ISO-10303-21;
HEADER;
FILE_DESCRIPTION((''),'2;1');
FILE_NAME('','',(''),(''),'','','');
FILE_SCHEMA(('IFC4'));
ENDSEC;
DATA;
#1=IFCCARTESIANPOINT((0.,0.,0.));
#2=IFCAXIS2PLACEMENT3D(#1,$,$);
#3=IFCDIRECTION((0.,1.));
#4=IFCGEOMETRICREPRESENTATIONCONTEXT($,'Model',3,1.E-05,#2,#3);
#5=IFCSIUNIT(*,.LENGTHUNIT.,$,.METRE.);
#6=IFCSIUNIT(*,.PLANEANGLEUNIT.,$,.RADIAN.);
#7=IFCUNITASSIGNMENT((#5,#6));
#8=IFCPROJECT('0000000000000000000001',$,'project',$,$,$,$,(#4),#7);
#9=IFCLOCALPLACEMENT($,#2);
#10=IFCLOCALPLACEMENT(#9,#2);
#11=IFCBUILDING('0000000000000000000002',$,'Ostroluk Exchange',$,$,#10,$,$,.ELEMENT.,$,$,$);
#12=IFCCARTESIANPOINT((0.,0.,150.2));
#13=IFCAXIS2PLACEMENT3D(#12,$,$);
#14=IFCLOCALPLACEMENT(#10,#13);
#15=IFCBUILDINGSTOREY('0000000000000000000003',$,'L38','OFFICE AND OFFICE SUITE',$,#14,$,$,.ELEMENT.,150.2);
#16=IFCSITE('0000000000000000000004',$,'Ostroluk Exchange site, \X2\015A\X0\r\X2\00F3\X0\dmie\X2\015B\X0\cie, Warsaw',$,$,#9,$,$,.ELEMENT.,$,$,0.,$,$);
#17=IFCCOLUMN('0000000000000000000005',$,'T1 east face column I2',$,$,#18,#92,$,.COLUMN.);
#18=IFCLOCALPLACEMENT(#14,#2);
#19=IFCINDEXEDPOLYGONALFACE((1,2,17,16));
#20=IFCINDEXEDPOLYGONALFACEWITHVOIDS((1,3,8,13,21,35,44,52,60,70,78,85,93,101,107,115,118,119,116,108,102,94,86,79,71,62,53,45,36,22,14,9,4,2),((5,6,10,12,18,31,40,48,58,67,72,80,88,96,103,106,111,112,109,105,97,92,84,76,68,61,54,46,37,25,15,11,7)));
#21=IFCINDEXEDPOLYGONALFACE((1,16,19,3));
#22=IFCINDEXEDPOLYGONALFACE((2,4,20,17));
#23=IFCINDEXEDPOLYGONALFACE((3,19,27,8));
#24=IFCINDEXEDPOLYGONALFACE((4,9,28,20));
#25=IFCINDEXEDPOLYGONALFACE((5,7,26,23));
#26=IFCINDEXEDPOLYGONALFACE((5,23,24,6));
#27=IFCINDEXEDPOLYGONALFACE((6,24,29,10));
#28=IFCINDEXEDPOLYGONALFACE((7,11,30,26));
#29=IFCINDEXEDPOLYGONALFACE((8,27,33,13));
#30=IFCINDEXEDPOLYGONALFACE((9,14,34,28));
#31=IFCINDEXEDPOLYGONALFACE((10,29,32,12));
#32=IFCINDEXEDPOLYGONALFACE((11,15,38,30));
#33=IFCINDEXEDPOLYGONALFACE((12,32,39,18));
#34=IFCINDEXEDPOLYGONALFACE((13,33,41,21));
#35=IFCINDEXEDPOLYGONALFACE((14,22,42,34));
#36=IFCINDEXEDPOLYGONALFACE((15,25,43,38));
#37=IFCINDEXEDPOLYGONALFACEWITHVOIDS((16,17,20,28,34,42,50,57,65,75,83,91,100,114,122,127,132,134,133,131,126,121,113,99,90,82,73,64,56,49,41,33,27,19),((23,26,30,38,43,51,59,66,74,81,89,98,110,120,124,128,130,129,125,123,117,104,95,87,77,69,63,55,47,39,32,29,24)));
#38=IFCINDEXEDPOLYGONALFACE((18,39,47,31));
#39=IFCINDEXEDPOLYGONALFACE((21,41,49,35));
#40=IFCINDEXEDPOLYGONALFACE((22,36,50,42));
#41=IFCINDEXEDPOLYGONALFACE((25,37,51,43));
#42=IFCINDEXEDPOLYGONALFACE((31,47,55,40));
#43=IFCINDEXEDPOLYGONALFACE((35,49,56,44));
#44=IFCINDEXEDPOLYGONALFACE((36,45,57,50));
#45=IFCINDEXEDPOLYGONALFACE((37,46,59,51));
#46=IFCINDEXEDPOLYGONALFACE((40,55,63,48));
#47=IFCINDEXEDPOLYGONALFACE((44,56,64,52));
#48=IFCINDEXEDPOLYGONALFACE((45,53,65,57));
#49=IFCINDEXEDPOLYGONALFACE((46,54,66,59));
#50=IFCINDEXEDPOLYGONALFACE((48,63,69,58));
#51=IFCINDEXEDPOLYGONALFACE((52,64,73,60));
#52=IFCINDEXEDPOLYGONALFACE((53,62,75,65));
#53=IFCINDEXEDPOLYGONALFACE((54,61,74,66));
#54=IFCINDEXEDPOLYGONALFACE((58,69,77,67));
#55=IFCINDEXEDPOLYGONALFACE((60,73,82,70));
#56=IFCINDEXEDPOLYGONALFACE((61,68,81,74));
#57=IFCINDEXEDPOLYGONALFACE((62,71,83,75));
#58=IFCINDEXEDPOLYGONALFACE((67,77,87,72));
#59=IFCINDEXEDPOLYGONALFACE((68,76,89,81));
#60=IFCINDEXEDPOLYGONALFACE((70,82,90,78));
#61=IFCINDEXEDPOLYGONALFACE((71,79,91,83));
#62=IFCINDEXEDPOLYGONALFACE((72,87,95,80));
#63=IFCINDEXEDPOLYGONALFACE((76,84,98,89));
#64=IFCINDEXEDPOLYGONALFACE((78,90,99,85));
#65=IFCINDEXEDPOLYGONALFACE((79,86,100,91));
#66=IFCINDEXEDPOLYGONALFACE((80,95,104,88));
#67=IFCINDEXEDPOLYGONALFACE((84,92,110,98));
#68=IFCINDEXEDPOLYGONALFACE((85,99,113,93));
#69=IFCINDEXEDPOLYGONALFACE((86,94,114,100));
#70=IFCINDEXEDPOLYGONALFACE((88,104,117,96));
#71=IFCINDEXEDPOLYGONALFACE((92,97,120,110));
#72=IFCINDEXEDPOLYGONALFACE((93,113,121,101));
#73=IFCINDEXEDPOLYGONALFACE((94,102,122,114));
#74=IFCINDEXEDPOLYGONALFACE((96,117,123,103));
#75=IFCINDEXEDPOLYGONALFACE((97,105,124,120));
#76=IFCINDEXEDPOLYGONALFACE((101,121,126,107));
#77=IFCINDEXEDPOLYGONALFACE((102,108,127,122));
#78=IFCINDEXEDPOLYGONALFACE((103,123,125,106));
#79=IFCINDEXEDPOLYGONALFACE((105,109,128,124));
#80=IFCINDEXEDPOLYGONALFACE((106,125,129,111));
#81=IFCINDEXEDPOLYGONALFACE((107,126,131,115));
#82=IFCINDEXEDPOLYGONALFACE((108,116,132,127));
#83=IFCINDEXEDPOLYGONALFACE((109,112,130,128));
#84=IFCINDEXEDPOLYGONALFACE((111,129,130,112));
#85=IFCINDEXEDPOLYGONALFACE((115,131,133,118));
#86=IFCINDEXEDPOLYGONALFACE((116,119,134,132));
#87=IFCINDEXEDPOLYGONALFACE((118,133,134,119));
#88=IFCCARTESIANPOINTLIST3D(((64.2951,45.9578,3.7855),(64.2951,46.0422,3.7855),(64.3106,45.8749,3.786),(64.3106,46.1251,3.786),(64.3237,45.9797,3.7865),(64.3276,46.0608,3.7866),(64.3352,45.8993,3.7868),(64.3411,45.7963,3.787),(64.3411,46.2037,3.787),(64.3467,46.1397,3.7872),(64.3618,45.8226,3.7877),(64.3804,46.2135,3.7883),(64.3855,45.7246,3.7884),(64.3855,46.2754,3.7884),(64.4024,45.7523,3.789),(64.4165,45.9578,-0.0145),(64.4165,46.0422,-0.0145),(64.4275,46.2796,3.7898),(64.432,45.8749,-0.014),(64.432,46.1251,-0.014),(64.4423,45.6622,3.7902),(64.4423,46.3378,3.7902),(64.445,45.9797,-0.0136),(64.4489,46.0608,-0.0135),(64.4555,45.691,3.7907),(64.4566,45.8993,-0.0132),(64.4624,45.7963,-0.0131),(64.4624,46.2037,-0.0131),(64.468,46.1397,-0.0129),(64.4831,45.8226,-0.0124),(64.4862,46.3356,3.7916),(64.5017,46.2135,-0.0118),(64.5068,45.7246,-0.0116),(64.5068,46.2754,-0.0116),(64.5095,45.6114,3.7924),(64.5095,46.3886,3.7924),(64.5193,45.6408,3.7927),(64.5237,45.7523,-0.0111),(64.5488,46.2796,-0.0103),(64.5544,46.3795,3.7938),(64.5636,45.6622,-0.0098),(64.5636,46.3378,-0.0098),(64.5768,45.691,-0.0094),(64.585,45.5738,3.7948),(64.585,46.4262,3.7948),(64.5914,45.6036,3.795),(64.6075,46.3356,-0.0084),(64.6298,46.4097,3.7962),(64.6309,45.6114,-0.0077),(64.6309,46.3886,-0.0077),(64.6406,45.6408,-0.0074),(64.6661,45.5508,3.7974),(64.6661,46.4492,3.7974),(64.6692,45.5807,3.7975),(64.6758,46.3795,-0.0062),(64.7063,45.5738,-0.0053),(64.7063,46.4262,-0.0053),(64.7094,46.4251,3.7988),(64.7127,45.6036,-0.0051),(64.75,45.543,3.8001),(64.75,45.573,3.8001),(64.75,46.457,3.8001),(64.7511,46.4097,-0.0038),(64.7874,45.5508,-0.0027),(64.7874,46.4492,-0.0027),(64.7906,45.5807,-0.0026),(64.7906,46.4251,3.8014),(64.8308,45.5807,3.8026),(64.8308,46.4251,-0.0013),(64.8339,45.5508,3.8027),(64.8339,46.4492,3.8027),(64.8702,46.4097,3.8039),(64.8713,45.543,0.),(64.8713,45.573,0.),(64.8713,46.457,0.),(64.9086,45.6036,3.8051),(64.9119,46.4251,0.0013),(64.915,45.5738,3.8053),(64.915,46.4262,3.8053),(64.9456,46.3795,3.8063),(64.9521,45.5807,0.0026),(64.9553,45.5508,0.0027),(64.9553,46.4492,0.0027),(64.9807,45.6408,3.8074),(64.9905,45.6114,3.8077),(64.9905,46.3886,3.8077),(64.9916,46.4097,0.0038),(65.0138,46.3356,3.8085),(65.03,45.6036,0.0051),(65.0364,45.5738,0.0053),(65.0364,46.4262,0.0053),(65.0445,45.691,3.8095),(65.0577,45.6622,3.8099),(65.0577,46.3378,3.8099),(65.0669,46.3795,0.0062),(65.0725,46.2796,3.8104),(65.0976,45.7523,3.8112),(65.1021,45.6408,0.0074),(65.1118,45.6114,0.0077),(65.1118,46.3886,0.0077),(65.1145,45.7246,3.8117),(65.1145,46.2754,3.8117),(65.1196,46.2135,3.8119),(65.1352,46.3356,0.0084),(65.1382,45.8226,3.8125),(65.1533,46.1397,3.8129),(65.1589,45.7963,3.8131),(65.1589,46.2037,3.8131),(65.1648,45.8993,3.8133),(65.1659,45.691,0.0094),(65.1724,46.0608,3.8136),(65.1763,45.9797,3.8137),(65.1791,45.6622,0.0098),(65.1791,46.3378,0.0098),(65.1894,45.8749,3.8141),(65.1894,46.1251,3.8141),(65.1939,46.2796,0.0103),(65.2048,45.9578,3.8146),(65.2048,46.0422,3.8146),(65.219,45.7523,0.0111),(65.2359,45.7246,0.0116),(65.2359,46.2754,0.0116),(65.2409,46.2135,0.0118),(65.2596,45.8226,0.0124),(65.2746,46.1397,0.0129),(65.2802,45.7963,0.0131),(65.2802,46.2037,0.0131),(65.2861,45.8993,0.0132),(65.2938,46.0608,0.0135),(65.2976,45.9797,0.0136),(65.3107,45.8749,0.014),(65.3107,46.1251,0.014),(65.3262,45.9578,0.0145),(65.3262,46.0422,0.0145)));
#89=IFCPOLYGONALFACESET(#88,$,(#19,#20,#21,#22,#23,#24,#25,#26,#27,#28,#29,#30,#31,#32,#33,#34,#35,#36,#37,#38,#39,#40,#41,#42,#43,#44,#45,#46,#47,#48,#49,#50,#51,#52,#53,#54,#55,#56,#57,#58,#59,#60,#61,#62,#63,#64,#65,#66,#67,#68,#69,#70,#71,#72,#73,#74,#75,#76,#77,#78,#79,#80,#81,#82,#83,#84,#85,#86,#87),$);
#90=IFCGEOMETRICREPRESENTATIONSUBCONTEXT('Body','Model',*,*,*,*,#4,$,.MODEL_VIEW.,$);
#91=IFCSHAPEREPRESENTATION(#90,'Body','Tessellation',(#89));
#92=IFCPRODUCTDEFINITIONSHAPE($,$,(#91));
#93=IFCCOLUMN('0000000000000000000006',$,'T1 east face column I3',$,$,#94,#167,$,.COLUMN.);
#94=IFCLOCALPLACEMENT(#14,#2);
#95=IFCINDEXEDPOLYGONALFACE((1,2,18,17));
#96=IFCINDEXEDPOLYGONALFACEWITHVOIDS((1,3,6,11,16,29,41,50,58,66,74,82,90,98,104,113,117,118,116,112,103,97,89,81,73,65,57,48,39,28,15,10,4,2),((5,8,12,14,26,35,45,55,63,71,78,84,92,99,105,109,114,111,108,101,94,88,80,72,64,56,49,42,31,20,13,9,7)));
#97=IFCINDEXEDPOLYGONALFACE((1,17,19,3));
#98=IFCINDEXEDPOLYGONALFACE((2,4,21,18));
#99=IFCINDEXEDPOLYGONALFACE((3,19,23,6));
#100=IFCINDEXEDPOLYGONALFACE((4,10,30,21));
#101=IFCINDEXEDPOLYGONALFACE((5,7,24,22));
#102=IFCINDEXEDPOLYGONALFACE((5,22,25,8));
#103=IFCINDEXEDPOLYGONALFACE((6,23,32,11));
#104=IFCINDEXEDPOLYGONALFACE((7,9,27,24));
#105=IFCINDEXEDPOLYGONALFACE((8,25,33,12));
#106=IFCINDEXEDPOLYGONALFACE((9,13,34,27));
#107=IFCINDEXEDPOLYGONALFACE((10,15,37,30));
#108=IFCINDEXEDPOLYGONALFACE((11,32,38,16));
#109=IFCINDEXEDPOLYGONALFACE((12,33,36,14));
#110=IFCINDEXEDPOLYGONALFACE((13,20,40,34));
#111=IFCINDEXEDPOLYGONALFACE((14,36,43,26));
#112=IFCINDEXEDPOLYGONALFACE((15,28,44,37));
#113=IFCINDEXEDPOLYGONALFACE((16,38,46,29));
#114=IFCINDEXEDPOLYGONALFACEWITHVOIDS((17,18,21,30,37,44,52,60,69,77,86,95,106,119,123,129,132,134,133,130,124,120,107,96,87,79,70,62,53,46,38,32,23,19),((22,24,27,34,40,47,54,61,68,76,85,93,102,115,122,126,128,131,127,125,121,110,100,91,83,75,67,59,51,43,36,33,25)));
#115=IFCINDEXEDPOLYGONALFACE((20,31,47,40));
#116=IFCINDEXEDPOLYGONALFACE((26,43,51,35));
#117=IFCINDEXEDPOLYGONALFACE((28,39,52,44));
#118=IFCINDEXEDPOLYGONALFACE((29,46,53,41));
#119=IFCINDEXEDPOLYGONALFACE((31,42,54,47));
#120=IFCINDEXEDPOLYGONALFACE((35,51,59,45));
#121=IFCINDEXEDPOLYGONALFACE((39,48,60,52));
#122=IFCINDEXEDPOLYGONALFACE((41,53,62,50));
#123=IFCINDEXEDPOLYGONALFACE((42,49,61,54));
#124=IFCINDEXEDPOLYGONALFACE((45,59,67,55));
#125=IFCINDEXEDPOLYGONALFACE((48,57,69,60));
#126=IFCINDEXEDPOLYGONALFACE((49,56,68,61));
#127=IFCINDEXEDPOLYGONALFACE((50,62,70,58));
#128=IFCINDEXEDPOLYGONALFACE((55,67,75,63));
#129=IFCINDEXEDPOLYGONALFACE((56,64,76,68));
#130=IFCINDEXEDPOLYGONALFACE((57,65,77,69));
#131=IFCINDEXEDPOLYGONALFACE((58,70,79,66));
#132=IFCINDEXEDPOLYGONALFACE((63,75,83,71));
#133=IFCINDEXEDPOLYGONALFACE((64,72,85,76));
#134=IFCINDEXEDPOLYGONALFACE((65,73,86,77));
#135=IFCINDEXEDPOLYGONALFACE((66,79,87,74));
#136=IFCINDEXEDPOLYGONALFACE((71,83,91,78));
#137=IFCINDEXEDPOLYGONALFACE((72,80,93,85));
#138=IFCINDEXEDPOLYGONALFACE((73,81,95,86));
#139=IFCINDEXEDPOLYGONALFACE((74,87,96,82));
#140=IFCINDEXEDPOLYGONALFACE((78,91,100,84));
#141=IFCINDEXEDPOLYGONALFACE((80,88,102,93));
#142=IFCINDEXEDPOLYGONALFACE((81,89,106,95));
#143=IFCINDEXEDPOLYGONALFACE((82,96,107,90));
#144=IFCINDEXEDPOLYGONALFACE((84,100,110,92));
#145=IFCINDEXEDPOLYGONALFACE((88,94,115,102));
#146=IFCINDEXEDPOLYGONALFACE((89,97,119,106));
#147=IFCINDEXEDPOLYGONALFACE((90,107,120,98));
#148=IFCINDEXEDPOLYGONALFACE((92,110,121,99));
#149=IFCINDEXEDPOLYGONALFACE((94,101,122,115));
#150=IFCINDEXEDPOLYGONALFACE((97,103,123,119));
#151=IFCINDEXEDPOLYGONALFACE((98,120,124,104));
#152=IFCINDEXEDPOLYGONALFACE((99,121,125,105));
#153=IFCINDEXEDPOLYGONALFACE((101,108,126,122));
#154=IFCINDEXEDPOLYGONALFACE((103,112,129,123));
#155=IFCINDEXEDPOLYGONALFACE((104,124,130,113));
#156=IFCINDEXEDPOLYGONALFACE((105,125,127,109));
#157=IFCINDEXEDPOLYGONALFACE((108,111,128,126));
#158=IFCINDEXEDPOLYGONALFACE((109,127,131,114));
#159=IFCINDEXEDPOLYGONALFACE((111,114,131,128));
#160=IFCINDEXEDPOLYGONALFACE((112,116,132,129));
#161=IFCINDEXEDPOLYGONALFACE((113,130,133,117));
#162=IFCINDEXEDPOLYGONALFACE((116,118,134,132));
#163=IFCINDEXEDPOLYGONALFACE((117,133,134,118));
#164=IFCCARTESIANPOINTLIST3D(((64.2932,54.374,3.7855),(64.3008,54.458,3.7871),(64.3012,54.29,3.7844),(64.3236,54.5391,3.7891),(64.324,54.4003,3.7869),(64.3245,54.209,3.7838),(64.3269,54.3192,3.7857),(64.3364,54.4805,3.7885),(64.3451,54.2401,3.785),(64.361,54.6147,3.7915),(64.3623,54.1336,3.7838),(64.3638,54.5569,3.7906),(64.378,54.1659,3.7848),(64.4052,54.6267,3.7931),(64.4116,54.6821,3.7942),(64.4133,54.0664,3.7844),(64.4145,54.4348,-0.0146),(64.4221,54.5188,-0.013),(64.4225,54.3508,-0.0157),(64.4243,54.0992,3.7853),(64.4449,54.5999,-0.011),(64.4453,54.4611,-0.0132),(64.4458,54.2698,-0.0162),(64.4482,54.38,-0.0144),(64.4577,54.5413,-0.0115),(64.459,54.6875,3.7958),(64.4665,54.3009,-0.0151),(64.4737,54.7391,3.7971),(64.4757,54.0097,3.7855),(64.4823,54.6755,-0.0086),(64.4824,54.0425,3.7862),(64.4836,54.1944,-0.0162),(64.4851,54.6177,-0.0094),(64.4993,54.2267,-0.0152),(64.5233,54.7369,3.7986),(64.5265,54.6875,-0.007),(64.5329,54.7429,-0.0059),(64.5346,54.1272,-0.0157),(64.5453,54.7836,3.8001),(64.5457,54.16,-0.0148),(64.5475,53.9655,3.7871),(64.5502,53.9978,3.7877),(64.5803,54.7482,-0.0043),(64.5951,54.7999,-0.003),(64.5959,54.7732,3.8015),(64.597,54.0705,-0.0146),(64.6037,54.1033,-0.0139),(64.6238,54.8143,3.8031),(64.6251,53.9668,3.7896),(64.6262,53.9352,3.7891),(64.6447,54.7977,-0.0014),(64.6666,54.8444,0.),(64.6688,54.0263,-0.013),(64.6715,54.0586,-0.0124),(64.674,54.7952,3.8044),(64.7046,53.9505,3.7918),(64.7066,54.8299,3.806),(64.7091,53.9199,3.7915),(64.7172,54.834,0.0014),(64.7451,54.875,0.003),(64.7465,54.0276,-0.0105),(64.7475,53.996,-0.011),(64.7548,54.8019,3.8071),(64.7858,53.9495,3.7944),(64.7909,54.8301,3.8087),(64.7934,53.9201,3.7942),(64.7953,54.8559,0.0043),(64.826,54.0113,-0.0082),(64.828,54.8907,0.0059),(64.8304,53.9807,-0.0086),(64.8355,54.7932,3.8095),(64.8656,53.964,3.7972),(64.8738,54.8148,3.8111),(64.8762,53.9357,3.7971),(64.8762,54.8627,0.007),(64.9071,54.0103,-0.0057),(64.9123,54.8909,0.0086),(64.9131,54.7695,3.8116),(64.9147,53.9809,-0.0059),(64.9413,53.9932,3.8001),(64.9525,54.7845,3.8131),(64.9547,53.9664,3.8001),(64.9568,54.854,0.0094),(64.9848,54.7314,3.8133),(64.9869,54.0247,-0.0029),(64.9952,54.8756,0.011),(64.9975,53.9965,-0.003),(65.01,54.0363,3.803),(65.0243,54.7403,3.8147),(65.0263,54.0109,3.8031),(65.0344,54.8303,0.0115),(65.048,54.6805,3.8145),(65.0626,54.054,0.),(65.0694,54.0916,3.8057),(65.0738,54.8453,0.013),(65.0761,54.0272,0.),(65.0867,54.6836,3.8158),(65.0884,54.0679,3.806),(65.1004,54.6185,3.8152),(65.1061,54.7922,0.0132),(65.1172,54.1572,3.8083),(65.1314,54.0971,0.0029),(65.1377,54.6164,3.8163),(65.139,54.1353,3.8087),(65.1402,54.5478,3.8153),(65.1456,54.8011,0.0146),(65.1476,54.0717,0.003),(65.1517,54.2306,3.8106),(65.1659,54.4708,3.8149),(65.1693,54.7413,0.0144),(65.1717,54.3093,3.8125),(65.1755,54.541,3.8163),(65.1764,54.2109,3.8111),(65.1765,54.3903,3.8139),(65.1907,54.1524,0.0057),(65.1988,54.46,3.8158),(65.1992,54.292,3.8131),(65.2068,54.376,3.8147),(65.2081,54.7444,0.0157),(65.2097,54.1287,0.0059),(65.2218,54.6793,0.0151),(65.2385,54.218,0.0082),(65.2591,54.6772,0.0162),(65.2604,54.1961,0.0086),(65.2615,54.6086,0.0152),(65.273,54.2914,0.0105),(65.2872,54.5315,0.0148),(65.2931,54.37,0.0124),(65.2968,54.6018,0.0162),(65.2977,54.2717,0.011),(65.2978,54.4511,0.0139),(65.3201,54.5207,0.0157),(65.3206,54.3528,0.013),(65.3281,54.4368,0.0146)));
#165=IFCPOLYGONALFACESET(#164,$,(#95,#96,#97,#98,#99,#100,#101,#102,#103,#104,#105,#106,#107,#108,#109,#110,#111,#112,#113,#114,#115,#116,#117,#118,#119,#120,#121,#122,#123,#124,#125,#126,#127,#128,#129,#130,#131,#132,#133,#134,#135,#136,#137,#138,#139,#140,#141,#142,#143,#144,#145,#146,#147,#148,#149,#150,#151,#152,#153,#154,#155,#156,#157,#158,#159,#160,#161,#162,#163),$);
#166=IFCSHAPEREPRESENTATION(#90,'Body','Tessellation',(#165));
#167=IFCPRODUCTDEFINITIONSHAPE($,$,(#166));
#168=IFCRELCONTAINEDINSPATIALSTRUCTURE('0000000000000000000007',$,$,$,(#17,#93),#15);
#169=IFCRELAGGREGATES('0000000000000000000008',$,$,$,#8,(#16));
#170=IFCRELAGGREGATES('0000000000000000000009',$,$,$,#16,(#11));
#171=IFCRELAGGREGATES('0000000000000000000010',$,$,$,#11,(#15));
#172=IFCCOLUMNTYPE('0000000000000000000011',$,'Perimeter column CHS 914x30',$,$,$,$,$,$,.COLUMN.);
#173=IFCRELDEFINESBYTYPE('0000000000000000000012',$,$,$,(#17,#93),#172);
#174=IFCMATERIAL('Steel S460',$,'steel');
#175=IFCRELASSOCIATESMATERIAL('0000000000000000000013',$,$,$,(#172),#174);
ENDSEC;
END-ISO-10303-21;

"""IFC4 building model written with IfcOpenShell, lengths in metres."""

from ifc_helpers import new_model, si_unit, direction, frame, origin, origin_2d, place, context, subcontext, project, spatial, hollow_circle, extrude, material, material_profile, profile_set, type_object, element, save


model = new_model("IFC4")

# Units and contexts
model_context = context("Model", 3, precision=1e-05, world=origin(), true_north=direction((0.0, 1.0)))
body_context = subcontext(model_context, "Body", "Model", "MODEL_VIEW")
ifc_project = project(units=[si_unit("LENGTHUNIT", "METRE"), si_unit("PLANEANGLEUNIT", "RADIAN")], contexts=[model_context])

# Site, building, storey
site_placement = place(None, origin())
site = spatial("IfcSite", under=ifc_project, at=site_placement, Name="Ostroluk Exchange site, Śródmieście, Warsaw", CompositionType="ELEMENT", RefElevation=0.0)
building_placement = place(site_placement, origin())
building = spatial("IfcBuilding", under=site, at=building_placement, Name="Ostroluk Exchange", CompositionType="ELEMENT")
storey_placement = place(building_placement, frame((0.0, 0.0, 150.2)))
storey = spatial("IfcBuildingStorey", under=building, at=storey_placement, Name="L38", Description="OFFICE AND OFFICE SUITE", CompositionType="ELEMENT", Elevation=150.2)

# Columns
ifc_material_1 = material(Name="Steel S460", Category="steel")
ifc_material_profile_1 = material_profile(ifc_material_1, hollow_circle(Radius=0.457, WallThickness=0.03, at=origin_2d()), Name="CHS 914x30")
ifc_profile_set_1 = profile_set([ifc_material_profile_1], Name="Steel S460")
column_type = type_object("IfcColumnType", Name="Perimeter column CHS 914x30", PredefinedType="COLUMN", material=ifc_profile_set_1)
column_1_placement = place(storey_placement, frame((64.8713, 46.0, 0.0), z_axis=(-0.031914, 0.0, 0.999491), x_axis=(0.0, -1.0, 0.0)))
element("IfcColumn", 1, at=column_1_placement, inside=storey, type_object=column_type, Name="T1 east face column I2", PredefinedType="COLUMN", context=body_context, shape_type="SweptSolid", body=[
    extrude(hollow_circle(Radius=0.457, WallThickness=0.03, at=origin_2d()), origin(), (0.0, 0.0, 1.0), 3.802),
])
column_2_placement = place(storey_placement, frame((64.8713, 54.4358, 0.0), z_axis=(-0.03191, -0.015987, 0.999363), x_axis=(0.447933, -0.894067, 0.0)))
element("IfcColumn", 2, at=column_2_placement, inside=storey, type_object=column_type, Name="T1 east face column I3", PredefinedType="COLUMN", context=body_context, shape_type="SweptSolid", body=[
    extrude(hollow_circle(Radius=0.457, WallThickness=0.03, at=origin_2d()), origin(), (0.0, 0.0, 1.0), 3.8025),
])

save(model, "model.ifc")
